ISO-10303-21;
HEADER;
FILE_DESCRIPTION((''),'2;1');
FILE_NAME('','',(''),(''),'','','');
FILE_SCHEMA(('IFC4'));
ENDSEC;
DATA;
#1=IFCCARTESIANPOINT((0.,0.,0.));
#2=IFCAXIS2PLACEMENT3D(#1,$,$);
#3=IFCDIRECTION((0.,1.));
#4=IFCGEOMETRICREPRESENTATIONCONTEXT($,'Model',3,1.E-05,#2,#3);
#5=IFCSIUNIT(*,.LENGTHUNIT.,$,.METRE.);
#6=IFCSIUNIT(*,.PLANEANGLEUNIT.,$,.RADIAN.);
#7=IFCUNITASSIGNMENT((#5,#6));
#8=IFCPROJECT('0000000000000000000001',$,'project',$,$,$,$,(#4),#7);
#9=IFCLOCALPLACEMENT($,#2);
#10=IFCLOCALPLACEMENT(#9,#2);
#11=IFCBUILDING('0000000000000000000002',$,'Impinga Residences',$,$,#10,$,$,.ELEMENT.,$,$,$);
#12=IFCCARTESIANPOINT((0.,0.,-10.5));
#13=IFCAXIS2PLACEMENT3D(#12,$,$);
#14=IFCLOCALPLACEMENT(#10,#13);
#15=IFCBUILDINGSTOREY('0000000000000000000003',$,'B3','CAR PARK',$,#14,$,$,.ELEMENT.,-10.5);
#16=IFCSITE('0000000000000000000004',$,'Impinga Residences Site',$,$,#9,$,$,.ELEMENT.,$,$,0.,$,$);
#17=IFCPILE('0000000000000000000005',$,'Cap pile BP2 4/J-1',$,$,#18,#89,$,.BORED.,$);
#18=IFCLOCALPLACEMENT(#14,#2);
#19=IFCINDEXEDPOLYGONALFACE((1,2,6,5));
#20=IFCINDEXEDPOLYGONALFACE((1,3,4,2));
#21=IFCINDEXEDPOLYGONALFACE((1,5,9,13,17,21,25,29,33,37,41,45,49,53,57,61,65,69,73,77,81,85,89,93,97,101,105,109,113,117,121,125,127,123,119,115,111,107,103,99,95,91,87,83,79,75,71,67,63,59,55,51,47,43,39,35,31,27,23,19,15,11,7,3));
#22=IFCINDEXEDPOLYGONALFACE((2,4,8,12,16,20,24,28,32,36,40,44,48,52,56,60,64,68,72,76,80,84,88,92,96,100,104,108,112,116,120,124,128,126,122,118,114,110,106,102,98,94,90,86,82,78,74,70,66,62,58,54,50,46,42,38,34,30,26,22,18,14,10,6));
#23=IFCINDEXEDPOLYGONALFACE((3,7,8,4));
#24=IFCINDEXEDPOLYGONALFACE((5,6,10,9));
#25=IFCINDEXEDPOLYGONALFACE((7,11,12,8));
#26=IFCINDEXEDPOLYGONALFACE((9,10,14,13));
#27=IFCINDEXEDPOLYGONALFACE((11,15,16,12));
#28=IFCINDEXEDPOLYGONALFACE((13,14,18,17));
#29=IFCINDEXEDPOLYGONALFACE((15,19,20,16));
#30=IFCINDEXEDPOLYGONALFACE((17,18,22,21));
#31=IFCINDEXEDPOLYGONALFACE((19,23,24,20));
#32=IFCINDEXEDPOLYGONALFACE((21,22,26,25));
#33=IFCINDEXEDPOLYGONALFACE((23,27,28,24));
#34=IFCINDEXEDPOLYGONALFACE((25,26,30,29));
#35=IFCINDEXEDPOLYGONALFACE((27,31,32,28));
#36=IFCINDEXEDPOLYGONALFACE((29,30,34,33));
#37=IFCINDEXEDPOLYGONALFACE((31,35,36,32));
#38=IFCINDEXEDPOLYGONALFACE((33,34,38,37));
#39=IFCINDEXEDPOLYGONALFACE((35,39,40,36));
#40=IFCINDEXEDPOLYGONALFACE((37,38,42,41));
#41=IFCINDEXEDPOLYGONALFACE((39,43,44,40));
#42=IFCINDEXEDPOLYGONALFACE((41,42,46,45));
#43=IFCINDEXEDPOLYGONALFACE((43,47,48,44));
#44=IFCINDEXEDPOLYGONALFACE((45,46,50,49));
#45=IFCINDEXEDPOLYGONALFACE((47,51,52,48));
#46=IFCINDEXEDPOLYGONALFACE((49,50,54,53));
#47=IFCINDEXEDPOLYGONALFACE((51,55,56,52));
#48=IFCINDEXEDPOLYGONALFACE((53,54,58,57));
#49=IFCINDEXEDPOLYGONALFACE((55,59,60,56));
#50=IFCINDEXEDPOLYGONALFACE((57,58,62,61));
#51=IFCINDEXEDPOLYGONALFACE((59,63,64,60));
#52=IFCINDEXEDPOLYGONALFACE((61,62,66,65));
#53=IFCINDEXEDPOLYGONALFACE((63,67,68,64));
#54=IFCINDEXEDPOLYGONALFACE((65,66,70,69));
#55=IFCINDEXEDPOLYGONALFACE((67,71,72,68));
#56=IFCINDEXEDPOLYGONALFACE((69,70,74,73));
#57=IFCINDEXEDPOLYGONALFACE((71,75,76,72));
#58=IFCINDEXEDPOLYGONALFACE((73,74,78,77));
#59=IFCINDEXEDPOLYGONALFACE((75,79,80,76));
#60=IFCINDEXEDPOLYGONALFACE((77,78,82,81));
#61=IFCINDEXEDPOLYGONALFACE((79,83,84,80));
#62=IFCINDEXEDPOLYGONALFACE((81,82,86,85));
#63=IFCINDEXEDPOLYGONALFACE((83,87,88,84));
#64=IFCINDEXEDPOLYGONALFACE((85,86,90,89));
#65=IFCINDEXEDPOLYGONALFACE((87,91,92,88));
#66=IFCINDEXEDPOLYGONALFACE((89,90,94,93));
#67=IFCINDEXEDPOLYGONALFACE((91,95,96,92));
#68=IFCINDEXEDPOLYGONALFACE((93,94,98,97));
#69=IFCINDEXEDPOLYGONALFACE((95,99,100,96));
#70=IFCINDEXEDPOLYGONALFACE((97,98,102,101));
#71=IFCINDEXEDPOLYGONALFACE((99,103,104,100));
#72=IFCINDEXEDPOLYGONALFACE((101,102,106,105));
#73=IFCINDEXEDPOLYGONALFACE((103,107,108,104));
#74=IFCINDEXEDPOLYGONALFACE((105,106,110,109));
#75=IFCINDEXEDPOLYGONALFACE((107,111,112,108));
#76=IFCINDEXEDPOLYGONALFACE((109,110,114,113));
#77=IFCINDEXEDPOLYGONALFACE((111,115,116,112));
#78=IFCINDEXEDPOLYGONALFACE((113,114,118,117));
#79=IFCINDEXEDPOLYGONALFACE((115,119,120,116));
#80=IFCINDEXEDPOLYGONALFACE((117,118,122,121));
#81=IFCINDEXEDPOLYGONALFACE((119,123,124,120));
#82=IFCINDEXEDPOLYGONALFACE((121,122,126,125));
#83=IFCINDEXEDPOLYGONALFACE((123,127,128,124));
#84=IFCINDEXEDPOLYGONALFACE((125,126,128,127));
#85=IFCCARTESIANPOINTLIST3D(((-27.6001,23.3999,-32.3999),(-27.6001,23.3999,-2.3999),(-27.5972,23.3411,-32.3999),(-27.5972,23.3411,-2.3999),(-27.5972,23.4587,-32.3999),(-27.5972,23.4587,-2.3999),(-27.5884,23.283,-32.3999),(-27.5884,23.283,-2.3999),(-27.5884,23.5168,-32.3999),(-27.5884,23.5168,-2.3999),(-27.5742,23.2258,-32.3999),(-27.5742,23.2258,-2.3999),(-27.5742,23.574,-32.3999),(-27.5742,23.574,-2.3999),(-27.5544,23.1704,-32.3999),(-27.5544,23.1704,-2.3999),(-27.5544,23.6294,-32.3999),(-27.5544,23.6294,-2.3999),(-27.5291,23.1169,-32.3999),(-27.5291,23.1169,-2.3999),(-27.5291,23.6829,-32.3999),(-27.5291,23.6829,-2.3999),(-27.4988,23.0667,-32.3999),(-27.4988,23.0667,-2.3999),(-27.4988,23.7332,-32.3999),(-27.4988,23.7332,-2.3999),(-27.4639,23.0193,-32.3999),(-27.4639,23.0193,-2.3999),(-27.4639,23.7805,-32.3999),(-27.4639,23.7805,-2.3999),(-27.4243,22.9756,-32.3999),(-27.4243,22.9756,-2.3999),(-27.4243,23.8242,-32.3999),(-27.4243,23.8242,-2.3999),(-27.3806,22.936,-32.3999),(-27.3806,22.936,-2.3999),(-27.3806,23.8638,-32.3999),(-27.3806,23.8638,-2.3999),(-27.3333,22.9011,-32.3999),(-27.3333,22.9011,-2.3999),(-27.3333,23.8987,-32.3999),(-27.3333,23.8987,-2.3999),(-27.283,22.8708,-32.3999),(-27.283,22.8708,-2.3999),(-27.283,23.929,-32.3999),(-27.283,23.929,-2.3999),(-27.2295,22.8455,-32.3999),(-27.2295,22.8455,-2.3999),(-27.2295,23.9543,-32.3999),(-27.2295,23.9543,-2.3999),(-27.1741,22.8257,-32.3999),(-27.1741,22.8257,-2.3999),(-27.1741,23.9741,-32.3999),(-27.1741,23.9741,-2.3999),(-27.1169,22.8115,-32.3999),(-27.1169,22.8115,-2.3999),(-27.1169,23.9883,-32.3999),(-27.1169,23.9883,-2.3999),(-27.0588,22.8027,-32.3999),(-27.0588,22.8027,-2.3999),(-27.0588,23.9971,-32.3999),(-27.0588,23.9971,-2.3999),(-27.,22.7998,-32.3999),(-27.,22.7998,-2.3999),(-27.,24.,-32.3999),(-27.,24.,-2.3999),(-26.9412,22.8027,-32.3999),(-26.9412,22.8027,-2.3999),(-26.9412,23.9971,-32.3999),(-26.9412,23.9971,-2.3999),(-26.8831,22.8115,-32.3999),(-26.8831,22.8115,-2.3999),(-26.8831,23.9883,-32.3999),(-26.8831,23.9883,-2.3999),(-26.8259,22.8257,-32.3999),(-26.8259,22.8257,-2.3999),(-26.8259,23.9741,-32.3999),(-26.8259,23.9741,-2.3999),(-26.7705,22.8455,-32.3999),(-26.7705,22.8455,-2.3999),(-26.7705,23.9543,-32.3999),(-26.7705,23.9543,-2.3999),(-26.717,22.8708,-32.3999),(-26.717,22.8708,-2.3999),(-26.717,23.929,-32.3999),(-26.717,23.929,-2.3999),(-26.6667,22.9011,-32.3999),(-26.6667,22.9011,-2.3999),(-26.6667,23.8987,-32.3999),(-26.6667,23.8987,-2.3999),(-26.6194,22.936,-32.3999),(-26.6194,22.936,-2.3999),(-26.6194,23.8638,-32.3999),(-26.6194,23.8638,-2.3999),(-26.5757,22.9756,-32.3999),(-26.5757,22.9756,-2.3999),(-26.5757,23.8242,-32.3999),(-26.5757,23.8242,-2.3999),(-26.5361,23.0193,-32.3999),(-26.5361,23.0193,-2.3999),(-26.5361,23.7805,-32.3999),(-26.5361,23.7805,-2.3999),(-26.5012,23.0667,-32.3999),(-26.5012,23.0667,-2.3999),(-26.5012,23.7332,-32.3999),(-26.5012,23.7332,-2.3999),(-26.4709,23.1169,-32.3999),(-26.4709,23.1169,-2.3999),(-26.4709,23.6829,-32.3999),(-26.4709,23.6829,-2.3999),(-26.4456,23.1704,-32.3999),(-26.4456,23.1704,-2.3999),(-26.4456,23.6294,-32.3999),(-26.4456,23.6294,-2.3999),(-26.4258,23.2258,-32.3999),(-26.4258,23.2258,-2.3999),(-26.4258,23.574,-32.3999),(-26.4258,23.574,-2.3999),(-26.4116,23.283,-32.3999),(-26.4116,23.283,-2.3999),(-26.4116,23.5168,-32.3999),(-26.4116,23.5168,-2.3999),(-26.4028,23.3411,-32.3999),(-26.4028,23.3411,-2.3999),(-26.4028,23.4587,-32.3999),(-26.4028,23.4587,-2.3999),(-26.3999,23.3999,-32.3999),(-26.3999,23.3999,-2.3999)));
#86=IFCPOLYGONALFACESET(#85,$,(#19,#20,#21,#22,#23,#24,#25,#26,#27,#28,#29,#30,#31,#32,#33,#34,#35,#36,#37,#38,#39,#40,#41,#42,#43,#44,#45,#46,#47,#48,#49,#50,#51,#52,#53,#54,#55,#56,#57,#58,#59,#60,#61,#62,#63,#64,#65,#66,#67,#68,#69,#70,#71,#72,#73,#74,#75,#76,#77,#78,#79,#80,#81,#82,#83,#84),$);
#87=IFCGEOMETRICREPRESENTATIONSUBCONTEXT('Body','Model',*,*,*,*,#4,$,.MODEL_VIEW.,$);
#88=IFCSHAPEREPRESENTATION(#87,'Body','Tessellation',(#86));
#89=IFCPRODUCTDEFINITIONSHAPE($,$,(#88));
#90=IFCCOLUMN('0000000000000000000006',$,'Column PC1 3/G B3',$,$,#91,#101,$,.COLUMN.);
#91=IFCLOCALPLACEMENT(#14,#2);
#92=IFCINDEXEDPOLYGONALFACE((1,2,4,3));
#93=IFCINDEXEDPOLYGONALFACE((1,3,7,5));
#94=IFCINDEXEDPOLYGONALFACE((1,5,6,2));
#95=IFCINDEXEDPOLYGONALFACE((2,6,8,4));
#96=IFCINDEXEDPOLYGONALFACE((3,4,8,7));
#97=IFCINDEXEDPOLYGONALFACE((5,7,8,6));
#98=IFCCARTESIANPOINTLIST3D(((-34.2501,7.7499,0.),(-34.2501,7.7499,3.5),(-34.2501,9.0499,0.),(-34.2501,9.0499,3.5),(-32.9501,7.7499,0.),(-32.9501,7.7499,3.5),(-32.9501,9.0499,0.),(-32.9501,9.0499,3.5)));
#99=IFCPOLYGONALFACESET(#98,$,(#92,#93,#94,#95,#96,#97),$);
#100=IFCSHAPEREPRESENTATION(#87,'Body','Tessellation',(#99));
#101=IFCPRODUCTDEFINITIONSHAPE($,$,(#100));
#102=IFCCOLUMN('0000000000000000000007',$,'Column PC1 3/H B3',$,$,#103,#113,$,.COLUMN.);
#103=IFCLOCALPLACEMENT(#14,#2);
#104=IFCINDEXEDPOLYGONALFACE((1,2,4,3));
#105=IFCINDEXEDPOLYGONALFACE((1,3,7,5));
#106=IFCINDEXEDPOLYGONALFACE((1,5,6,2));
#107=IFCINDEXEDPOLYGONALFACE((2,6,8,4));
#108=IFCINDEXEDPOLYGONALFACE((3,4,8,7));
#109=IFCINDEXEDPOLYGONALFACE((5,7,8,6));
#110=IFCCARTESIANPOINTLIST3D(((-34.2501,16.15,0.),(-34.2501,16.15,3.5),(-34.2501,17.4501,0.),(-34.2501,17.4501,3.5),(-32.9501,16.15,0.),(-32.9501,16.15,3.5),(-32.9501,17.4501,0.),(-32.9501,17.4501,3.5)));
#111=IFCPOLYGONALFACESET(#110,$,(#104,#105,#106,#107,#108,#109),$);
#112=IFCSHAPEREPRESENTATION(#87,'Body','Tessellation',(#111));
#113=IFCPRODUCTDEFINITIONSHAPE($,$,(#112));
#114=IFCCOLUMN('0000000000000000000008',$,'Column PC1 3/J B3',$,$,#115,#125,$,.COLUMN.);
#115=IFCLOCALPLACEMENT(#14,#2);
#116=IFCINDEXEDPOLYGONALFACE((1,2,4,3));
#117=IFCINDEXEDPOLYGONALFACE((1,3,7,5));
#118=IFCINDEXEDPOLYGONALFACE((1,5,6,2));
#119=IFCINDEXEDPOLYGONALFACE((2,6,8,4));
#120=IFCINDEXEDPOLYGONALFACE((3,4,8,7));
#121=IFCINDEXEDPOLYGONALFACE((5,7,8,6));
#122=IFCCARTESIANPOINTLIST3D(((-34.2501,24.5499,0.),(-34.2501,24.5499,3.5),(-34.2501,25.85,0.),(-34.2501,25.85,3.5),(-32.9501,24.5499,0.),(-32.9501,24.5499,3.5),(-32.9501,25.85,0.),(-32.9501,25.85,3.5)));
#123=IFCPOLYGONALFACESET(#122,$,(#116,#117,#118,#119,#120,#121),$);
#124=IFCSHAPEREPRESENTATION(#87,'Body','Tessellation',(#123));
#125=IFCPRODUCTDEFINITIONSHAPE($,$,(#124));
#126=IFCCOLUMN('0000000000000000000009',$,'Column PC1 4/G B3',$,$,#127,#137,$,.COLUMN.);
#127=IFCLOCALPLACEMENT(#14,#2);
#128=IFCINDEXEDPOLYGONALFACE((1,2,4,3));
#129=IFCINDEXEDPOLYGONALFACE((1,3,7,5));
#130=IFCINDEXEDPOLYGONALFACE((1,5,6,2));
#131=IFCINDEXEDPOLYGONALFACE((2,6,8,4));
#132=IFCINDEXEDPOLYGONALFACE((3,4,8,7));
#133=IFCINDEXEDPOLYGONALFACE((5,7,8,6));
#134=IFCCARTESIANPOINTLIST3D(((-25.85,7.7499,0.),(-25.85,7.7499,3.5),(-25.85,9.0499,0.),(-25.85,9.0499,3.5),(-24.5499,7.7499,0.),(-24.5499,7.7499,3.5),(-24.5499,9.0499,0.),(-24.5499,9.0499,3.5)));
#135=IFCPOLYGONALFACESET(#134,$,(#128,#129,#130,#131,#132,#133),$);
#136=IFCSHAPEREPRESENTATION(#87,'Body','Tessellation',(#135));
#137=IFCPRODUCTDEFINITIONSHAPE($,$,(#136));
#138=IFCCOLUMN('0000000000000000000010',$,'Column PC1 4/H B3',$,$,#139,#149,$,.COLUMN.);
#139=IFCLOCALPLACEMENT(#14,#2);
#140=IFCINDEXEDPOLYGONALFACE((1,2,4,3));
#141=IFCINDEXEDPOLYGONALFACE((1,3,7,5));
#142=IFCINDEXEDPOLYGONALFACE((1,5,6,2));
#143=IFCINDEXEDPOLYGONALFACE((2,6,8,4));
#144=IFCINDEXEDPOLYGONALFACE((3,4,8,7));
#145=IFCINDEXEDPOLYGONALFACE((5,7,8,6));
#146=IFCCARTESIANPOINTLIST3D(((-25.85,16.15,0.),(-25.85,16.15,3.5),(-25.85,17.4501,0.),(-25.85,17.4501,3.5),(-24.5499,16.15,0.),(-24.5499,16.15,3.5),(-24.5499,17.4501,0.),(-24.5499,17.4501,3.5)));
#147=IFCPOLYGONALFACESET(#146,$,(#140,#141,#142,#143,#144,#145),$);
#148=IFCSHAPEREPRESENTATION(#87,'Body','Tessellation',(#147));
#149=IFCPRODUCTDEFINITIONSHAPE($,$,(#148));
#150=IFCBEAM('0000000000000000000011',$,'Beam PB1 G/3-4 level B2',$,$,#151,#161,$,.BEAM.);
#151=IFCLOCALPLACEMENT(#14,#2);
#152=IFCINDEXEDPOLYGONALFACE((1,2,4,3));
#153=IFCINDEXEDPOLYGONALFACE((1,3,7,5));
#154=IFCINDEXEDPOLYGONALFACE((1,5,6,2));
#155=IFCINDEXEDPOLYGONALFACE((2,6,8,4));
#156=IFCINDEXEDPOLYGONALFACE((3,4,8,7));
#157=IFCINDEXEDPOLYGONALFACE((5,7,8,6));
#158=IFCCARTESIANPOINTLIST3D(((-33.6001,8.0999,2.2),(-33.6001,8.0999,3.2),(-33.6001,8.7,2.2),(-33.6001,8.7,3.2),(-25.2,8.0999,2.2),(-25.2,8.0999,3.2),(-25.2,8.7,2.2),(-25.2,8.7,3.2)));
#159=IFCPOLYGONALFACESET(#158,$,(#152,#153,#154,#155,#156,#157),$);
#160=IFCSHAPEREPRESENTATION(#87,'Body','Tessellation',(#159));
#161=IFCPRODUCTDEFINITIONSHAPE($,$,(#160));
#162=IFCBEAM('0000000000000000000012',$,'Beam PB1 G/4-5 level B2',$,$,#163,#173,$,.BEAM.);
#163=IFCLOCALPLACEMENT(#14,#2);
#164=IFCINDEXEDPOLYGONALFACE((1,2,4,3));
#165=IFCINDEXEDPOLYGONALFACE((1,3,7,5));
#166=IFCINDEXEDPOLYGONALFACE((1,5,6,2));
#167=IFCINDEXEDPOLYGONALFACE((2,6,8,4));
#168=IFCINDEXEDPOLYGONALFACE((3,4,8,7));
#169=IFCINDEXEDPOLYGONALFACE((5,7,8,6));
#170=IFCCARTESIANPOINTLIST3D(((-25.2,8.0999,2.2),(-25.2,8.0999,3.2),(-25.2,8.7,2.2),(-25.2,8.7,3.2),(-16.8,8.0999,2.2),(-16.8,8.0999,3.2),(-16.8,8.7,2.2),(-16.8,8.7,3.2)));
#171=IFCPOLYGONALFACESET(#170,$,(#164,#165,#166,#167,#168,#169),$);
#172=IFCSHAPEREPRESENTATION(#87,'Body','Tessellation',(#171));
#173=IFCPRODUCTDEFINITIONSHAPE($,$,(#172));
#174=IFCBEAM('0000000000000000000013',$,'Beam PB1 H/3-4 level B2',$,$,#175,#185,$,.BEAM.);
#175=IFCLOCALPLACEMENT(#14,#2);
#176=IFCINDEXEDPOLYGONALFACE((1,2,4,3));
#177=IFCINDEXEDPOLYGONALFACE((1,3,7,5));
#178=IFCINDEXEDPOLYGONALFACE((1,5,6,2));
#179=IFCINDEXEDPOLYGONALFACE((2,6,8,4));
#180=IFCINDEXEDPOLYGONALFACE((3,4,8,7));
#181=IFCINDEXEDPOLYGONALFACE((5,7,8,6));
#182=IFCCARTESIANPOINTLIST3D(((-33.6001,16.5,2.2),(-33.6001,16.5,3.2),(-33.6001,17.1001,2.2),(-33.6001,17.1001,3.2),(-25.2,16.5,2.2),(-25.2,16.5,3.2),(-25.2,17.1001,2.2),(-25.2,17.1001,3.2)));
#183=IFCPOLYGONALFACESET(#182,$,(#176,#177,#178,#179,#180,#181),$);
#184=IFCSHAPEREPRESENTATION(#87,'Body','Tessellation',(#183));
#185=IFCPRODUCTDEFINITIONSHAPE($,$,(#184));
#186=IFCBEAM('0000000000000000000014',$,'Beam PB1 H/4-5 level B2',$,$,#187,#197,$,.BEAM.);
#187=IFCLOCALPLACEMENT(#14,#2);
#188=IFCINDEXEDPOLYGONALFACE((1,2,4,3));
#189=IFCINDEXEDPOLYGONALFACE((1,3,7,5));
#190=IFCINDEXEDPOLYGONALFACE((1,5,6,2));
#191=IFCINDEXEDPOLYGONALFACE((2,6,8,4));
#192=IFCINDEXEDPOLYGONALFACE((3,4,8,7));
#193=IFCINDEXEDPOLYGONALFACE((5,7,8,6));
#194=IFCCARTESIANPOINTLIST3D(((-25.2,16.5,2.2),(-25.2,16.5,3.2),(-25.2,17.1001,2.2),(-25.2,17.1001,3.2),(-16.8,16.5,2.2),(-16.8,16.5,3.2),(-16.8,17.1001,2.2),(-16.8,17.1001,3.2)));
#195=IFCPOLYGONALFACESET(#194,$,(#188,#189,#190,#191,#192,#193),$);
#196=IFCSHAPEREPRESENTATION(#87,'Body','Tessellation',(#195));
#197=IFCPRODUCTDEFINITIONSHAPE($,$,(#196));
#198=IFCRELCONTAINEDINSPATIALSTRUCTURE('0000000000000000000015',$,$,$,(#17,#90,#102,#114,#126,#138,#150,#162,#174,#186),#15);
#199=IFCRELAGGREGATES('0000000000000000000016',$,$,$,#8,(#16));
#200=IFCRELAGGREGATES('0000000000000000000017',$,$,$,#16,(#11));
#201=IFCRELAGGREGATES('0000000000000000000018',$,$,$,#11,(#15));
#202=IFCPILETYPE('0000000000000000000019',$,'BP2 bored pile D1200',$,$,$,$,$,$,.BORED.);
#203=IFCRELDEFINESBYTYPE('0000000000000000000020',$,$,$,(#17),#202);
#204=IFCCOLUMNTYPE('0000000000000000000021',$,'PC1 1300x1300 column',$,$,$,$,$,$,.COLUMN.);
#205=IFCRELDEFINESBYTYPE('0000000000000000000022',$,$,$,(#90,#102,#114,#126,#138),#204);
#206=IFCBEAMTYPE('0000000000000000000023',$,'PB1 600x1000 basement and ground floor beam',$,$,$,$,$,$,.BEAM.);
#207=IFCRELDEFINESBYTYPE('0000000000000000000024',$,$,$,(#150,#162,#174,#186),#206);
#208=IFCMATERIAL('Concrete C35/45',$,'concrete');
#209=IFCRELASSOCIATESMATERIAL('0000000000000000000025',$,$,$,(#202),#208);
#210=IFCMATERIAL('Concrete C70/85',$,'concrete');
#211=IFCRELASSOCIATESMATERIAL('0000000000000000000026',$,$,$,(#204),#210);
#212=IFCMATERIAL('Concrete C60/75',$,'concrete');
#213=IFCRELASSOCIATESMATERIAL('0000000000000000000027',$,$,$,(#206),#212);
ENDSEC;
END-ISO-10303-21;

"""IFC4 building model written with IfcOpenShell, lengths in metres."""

from ifc_helpers import new_model, si_unit, direction, frame, origin, origin_2d, place, context, subcontext, project, spatial, polyline, rectangle, circle, outline, extrude, material, material_profile, profile_set, type_object, element, save


model = new_model("IFC4")

# Units and contexts
model_context = context("Model", 3, precision=1e-05, world=origin(), true_north=direction((0.0, 1.0)))
body_context = subcontext(model_context, "Body", "Model", "MODEL_VIEW")
ifc_project = project(units=[si_unit("LENGTHUNIT", "METRE"), si_unit("PLANEANGLEUNIT", "RADIAN")], contexts=[model_context])

# Site, building, storey
site_placement = place(None, origin())
site = spatial("IfcSite", under=ifc_project, at=site_placement, Name="Impinga Residences Site", CompositionType="ELEMENT", RefElevation=0.0)
building_placement = place(site_placement, origin())
building = spatial("IfcBuilding", under=site, at=building_placement, Name="Impinga Residences", CompositionType="ELEMENT")
storey_placement = place(building_placement, frame((0.0, 0.0, -10.5)))
storey = spatial("IfcBuildingStorey", under=building, at=storey_placement, Name="B3", Description="CAR PARK", CompositionType="ELEMENT", Elevation=-10.5)

# Pile
ifc_material_1 = material(Name="Concrete C35/45", Category="concrete")
ifc_material_profile_1 = material_profile(ifc_material_1, circle(Radius=0.6001, at=origin_2d()), Name="D1200")
ifc_profile_set_1 = profile_set([ifc_material_profile_1], Name="Concrete C35/45")
pile_type = type_object("IfcPileType", Name="BP2 bored pile D1200", PredefinedType="BORED", material=ifc_profile_set_1)
pile_1_placement = place(storey_placement, frame((-27.0, 23.3999, -2.3999), z_axis=(0.0, 0.0, -1.0), x_axis=(1.0, 0.0, 0.0)))
element("IfcPile", 1, at=pile_1_placement, inside=storey, type_object=pile_type, Name="Cap pile BP2 4/J-1", PredefinedType="BORED", context=body_context, shape_type="SweptSolid", body=[
    extrude(outline(polyline([(0.6001, 0.0), (0.5972, 0.0588), (0.5884, 0.1169), (0.5742, 0.1741), (0.5544, 0.2295), (0.5291, 0.283), (0.4988, 0.3333), (0.4639, 0.3806), (0.4243, 0.4243), (0.3806, 0.4639), (0.3333, 0.4988), (0.283, 0.5291), (0.2295, 0.5544), (0.1741, 0.5742), (0.1169, 0.5884), (0.0588, 0.5972), (0.0, 0.6001), (-0.0588, 0.5972), (-0.1169, 0.5884), (-0.1741, 0.5742), (-0.2295, 0.5544), (-0.283, 0.5291), (-0.3333, 0.4988), (-0.3806, 0.4639), (-0.4243, 0.4243), (-0.4639, 0.3806), (-0.4988, 0.3333), (-0.5291, 0.283), (-0.5544, 0.2295), (-0.5742, 0.1741), (-0.5884, 0.1169), (-0.5972, 0.0588), (-0.6001, 0.0), (-0.5972, -0.0588), (-0.5884, -0.1169), (-0.5742, -0.1741), (-0.5544, -0.2295), (-0.5291, -0.283), (-0.4988, -0.3333), (-0.4639, -0.3806), (-0.4243, -0.4243), (-0.3806, -0.4639), (-0.3333, -0.4988), (-0.283, -0.5291), (-0.2295, -0.5544), (-0.1741, -0.5742), (-0.1169, -0.5884), (-0.0588, -0.5972), (0.0, -0.6001), (0.0588, -0.5972), (0.1169, -0.5884), (0.1741, -0.5742), (0.2295, -0.5544), (0.283, -0.5291), (0.3333, -0.4988), (0.3806, -0.4639), (0.4243, -0.4243), (0.4639, -0.3806), (0.4988, -0.3333), (0.5291, -0.283), (0.5544, -0.2295), (0.5742, -0.1741), (0.5884, -0.1169), (0.5972, -0.0588), (0.6001, 0.0)])), origin(), (0.0, 0.0, 1.0), 30.0),
])

# Columns
ifc_material_2 = material(Name="Concrete C70/85", Category="concrete")
ifc_material_profile_2 = material_profile(ifc_material_2, rectangle(XDim=1.3, YDim=1.3, at=origin_2d()), Name="RC 1300x1300")
ifc_profile_set_2 = profile_set([ifc_material_profile_2], Name="Concrete C70/85")
column_type = type_object("IfcColumnType", Name="PC1 1300x1300 column", PredefinedType="COLUMN", material=ifc_profile_set_2)
for number, where, z_axis, x_axis, name in (
    (2, (-33.6001, 8.3999, 0.0), (0.0, 0.0, 1.0), (1.0, 0.0, 0.0), "Column PC1 3/G B3"),
    (3, (-33.6001, 16.8, 0.0), (0.0, 0.0, 1.0), (1.0, 0.0, 0.0), "Column PC1 3/H B3"),
    (4, (-33.6001, 25.2, 0.0), (0.0, 0.0, 1.0), (1.0, 0.0, 0.0), "Column PC1 3/J B3"),
    (5, (-25.2, 8.3999, 0.0), (0.0, 0.0, 1.0), (1.0, 0.0, 0.0), "Column PC1 4/G B3"),
    (6, (-25.2, 16.8, 0.0), (0.0, 0.0, 1.0), (1.0, 0.0, 0.0), "Column PC1 4/H B3"),
):
    element("IfcColumn", number, at=place(storey_placement, frame(where, z_axis=z_axis, x_axis=x_axis)), inside=storey, type_object=column_type, Name=name, PredefinedType="COLUMN", context=body_context, shape_type="SweptSolid", body=[
        extrude(rectangle(XDim=1.3, YDim=1.3, at=origin_2d()), origin(), (0.0, 0.0, 1.0), 3.5),
    ])

# Beams
ifc_material_3 = material(Name="Concrete C60/75", Category="concrete")
ifc_material_profile_3 = material_profile(ifc_material_3, rectangle(XDim=0.6001, YDim=1.0, at=origin_2d()), Name="RC 600x1000")
ifc_profile_set_3 = profile_set([ifc_material_profile_3], Name="Concrete C60/75")
beam_type = type_object("IfcBeamType", Name="PB1 600x1000 basement and ground floor beam", PredefinedType="BEAM", material=ifc_profile_set_3)
beam_1_placement = place(storey_placement, frame((-33.6001, 8.3999, 2.7), z_axis=(1.0, 0.0, 0.0), x_axis=(0.0, 1.0, 0.0)))
element("IfcBeam", 7, at=beam_1_placement, inside=storey, type_object=beam_type, Name="Beam PB1 G/3-4 level B2", PredefinedType="BEAM", context=body_context, shape_type="SweptSolid", body=[
    extrude(rectangle(XDim=0.6001, YDim=1.0, at=origin_2d()), origin(), (0.0, 0.0, 1.0), 8.4001),
])
beam_2_placement = place(storey_placement, frame((-25.2, 8.3999, 2.7), z_axis=(1.0, 0.0, 0.0), x_axis=(0.0, 1.0, 0.0)))
element("IfcBeam", 8, at=beam_2_placement, inside=storey, type_object=beam_type, Name="Beam PB1 G/4-5 level B2", PredefinedType="BEAM", context=body_context, shape_type="SweptSolid", body=[
    extrude(rectangle(XDim=0.6001, YDim=1.0, at=origin_2d()), origin(), (0.0, 0.0, 1.0), 8.3999),
])
beam_3_placement = place(storey_placement, frame((-33.6001, 16.8, 2.7), z_axis=(1.0, 0.0, 0.0), x_axis=(0.0, 1.0, 0.0)))
element("IfcBeam", 9, at=beam_3_placement, inside=storey, type_object=beam_type, Name="Beam PB1 H/3-4 level B2", PredefinedType="BEAM", context=body_context, shape_type="SweptSolid", body=[
    extrude(rectangle(XDim=0.6001, YDim=1.0, at=origin_2d()), origin(), (0.0, 0.0, 1.0), 8.4001),
])
beam_4_placement = place(storey_placement, frame((-25.2, 16.8, 2.7), z_axis=(1.0, 0.0, 0.0), x_axis=(0.0, 1.0, 0.0)))
element("IfcBeam", 10, at=beam_4_placement, inside=storey, type_object=beam_type, Name="Beam PB1 H/4-5 level B2", PredefinedType="BEAM", context=body_context, shape_type="SweptSolid", body=[
    extrude(rectangle(XDim=0.6001, YDim=1.0, at=origin_2d()), origin(), (0.0, 0.0, 1.0), 8.3999),
])

save(model, "model.ifc")
